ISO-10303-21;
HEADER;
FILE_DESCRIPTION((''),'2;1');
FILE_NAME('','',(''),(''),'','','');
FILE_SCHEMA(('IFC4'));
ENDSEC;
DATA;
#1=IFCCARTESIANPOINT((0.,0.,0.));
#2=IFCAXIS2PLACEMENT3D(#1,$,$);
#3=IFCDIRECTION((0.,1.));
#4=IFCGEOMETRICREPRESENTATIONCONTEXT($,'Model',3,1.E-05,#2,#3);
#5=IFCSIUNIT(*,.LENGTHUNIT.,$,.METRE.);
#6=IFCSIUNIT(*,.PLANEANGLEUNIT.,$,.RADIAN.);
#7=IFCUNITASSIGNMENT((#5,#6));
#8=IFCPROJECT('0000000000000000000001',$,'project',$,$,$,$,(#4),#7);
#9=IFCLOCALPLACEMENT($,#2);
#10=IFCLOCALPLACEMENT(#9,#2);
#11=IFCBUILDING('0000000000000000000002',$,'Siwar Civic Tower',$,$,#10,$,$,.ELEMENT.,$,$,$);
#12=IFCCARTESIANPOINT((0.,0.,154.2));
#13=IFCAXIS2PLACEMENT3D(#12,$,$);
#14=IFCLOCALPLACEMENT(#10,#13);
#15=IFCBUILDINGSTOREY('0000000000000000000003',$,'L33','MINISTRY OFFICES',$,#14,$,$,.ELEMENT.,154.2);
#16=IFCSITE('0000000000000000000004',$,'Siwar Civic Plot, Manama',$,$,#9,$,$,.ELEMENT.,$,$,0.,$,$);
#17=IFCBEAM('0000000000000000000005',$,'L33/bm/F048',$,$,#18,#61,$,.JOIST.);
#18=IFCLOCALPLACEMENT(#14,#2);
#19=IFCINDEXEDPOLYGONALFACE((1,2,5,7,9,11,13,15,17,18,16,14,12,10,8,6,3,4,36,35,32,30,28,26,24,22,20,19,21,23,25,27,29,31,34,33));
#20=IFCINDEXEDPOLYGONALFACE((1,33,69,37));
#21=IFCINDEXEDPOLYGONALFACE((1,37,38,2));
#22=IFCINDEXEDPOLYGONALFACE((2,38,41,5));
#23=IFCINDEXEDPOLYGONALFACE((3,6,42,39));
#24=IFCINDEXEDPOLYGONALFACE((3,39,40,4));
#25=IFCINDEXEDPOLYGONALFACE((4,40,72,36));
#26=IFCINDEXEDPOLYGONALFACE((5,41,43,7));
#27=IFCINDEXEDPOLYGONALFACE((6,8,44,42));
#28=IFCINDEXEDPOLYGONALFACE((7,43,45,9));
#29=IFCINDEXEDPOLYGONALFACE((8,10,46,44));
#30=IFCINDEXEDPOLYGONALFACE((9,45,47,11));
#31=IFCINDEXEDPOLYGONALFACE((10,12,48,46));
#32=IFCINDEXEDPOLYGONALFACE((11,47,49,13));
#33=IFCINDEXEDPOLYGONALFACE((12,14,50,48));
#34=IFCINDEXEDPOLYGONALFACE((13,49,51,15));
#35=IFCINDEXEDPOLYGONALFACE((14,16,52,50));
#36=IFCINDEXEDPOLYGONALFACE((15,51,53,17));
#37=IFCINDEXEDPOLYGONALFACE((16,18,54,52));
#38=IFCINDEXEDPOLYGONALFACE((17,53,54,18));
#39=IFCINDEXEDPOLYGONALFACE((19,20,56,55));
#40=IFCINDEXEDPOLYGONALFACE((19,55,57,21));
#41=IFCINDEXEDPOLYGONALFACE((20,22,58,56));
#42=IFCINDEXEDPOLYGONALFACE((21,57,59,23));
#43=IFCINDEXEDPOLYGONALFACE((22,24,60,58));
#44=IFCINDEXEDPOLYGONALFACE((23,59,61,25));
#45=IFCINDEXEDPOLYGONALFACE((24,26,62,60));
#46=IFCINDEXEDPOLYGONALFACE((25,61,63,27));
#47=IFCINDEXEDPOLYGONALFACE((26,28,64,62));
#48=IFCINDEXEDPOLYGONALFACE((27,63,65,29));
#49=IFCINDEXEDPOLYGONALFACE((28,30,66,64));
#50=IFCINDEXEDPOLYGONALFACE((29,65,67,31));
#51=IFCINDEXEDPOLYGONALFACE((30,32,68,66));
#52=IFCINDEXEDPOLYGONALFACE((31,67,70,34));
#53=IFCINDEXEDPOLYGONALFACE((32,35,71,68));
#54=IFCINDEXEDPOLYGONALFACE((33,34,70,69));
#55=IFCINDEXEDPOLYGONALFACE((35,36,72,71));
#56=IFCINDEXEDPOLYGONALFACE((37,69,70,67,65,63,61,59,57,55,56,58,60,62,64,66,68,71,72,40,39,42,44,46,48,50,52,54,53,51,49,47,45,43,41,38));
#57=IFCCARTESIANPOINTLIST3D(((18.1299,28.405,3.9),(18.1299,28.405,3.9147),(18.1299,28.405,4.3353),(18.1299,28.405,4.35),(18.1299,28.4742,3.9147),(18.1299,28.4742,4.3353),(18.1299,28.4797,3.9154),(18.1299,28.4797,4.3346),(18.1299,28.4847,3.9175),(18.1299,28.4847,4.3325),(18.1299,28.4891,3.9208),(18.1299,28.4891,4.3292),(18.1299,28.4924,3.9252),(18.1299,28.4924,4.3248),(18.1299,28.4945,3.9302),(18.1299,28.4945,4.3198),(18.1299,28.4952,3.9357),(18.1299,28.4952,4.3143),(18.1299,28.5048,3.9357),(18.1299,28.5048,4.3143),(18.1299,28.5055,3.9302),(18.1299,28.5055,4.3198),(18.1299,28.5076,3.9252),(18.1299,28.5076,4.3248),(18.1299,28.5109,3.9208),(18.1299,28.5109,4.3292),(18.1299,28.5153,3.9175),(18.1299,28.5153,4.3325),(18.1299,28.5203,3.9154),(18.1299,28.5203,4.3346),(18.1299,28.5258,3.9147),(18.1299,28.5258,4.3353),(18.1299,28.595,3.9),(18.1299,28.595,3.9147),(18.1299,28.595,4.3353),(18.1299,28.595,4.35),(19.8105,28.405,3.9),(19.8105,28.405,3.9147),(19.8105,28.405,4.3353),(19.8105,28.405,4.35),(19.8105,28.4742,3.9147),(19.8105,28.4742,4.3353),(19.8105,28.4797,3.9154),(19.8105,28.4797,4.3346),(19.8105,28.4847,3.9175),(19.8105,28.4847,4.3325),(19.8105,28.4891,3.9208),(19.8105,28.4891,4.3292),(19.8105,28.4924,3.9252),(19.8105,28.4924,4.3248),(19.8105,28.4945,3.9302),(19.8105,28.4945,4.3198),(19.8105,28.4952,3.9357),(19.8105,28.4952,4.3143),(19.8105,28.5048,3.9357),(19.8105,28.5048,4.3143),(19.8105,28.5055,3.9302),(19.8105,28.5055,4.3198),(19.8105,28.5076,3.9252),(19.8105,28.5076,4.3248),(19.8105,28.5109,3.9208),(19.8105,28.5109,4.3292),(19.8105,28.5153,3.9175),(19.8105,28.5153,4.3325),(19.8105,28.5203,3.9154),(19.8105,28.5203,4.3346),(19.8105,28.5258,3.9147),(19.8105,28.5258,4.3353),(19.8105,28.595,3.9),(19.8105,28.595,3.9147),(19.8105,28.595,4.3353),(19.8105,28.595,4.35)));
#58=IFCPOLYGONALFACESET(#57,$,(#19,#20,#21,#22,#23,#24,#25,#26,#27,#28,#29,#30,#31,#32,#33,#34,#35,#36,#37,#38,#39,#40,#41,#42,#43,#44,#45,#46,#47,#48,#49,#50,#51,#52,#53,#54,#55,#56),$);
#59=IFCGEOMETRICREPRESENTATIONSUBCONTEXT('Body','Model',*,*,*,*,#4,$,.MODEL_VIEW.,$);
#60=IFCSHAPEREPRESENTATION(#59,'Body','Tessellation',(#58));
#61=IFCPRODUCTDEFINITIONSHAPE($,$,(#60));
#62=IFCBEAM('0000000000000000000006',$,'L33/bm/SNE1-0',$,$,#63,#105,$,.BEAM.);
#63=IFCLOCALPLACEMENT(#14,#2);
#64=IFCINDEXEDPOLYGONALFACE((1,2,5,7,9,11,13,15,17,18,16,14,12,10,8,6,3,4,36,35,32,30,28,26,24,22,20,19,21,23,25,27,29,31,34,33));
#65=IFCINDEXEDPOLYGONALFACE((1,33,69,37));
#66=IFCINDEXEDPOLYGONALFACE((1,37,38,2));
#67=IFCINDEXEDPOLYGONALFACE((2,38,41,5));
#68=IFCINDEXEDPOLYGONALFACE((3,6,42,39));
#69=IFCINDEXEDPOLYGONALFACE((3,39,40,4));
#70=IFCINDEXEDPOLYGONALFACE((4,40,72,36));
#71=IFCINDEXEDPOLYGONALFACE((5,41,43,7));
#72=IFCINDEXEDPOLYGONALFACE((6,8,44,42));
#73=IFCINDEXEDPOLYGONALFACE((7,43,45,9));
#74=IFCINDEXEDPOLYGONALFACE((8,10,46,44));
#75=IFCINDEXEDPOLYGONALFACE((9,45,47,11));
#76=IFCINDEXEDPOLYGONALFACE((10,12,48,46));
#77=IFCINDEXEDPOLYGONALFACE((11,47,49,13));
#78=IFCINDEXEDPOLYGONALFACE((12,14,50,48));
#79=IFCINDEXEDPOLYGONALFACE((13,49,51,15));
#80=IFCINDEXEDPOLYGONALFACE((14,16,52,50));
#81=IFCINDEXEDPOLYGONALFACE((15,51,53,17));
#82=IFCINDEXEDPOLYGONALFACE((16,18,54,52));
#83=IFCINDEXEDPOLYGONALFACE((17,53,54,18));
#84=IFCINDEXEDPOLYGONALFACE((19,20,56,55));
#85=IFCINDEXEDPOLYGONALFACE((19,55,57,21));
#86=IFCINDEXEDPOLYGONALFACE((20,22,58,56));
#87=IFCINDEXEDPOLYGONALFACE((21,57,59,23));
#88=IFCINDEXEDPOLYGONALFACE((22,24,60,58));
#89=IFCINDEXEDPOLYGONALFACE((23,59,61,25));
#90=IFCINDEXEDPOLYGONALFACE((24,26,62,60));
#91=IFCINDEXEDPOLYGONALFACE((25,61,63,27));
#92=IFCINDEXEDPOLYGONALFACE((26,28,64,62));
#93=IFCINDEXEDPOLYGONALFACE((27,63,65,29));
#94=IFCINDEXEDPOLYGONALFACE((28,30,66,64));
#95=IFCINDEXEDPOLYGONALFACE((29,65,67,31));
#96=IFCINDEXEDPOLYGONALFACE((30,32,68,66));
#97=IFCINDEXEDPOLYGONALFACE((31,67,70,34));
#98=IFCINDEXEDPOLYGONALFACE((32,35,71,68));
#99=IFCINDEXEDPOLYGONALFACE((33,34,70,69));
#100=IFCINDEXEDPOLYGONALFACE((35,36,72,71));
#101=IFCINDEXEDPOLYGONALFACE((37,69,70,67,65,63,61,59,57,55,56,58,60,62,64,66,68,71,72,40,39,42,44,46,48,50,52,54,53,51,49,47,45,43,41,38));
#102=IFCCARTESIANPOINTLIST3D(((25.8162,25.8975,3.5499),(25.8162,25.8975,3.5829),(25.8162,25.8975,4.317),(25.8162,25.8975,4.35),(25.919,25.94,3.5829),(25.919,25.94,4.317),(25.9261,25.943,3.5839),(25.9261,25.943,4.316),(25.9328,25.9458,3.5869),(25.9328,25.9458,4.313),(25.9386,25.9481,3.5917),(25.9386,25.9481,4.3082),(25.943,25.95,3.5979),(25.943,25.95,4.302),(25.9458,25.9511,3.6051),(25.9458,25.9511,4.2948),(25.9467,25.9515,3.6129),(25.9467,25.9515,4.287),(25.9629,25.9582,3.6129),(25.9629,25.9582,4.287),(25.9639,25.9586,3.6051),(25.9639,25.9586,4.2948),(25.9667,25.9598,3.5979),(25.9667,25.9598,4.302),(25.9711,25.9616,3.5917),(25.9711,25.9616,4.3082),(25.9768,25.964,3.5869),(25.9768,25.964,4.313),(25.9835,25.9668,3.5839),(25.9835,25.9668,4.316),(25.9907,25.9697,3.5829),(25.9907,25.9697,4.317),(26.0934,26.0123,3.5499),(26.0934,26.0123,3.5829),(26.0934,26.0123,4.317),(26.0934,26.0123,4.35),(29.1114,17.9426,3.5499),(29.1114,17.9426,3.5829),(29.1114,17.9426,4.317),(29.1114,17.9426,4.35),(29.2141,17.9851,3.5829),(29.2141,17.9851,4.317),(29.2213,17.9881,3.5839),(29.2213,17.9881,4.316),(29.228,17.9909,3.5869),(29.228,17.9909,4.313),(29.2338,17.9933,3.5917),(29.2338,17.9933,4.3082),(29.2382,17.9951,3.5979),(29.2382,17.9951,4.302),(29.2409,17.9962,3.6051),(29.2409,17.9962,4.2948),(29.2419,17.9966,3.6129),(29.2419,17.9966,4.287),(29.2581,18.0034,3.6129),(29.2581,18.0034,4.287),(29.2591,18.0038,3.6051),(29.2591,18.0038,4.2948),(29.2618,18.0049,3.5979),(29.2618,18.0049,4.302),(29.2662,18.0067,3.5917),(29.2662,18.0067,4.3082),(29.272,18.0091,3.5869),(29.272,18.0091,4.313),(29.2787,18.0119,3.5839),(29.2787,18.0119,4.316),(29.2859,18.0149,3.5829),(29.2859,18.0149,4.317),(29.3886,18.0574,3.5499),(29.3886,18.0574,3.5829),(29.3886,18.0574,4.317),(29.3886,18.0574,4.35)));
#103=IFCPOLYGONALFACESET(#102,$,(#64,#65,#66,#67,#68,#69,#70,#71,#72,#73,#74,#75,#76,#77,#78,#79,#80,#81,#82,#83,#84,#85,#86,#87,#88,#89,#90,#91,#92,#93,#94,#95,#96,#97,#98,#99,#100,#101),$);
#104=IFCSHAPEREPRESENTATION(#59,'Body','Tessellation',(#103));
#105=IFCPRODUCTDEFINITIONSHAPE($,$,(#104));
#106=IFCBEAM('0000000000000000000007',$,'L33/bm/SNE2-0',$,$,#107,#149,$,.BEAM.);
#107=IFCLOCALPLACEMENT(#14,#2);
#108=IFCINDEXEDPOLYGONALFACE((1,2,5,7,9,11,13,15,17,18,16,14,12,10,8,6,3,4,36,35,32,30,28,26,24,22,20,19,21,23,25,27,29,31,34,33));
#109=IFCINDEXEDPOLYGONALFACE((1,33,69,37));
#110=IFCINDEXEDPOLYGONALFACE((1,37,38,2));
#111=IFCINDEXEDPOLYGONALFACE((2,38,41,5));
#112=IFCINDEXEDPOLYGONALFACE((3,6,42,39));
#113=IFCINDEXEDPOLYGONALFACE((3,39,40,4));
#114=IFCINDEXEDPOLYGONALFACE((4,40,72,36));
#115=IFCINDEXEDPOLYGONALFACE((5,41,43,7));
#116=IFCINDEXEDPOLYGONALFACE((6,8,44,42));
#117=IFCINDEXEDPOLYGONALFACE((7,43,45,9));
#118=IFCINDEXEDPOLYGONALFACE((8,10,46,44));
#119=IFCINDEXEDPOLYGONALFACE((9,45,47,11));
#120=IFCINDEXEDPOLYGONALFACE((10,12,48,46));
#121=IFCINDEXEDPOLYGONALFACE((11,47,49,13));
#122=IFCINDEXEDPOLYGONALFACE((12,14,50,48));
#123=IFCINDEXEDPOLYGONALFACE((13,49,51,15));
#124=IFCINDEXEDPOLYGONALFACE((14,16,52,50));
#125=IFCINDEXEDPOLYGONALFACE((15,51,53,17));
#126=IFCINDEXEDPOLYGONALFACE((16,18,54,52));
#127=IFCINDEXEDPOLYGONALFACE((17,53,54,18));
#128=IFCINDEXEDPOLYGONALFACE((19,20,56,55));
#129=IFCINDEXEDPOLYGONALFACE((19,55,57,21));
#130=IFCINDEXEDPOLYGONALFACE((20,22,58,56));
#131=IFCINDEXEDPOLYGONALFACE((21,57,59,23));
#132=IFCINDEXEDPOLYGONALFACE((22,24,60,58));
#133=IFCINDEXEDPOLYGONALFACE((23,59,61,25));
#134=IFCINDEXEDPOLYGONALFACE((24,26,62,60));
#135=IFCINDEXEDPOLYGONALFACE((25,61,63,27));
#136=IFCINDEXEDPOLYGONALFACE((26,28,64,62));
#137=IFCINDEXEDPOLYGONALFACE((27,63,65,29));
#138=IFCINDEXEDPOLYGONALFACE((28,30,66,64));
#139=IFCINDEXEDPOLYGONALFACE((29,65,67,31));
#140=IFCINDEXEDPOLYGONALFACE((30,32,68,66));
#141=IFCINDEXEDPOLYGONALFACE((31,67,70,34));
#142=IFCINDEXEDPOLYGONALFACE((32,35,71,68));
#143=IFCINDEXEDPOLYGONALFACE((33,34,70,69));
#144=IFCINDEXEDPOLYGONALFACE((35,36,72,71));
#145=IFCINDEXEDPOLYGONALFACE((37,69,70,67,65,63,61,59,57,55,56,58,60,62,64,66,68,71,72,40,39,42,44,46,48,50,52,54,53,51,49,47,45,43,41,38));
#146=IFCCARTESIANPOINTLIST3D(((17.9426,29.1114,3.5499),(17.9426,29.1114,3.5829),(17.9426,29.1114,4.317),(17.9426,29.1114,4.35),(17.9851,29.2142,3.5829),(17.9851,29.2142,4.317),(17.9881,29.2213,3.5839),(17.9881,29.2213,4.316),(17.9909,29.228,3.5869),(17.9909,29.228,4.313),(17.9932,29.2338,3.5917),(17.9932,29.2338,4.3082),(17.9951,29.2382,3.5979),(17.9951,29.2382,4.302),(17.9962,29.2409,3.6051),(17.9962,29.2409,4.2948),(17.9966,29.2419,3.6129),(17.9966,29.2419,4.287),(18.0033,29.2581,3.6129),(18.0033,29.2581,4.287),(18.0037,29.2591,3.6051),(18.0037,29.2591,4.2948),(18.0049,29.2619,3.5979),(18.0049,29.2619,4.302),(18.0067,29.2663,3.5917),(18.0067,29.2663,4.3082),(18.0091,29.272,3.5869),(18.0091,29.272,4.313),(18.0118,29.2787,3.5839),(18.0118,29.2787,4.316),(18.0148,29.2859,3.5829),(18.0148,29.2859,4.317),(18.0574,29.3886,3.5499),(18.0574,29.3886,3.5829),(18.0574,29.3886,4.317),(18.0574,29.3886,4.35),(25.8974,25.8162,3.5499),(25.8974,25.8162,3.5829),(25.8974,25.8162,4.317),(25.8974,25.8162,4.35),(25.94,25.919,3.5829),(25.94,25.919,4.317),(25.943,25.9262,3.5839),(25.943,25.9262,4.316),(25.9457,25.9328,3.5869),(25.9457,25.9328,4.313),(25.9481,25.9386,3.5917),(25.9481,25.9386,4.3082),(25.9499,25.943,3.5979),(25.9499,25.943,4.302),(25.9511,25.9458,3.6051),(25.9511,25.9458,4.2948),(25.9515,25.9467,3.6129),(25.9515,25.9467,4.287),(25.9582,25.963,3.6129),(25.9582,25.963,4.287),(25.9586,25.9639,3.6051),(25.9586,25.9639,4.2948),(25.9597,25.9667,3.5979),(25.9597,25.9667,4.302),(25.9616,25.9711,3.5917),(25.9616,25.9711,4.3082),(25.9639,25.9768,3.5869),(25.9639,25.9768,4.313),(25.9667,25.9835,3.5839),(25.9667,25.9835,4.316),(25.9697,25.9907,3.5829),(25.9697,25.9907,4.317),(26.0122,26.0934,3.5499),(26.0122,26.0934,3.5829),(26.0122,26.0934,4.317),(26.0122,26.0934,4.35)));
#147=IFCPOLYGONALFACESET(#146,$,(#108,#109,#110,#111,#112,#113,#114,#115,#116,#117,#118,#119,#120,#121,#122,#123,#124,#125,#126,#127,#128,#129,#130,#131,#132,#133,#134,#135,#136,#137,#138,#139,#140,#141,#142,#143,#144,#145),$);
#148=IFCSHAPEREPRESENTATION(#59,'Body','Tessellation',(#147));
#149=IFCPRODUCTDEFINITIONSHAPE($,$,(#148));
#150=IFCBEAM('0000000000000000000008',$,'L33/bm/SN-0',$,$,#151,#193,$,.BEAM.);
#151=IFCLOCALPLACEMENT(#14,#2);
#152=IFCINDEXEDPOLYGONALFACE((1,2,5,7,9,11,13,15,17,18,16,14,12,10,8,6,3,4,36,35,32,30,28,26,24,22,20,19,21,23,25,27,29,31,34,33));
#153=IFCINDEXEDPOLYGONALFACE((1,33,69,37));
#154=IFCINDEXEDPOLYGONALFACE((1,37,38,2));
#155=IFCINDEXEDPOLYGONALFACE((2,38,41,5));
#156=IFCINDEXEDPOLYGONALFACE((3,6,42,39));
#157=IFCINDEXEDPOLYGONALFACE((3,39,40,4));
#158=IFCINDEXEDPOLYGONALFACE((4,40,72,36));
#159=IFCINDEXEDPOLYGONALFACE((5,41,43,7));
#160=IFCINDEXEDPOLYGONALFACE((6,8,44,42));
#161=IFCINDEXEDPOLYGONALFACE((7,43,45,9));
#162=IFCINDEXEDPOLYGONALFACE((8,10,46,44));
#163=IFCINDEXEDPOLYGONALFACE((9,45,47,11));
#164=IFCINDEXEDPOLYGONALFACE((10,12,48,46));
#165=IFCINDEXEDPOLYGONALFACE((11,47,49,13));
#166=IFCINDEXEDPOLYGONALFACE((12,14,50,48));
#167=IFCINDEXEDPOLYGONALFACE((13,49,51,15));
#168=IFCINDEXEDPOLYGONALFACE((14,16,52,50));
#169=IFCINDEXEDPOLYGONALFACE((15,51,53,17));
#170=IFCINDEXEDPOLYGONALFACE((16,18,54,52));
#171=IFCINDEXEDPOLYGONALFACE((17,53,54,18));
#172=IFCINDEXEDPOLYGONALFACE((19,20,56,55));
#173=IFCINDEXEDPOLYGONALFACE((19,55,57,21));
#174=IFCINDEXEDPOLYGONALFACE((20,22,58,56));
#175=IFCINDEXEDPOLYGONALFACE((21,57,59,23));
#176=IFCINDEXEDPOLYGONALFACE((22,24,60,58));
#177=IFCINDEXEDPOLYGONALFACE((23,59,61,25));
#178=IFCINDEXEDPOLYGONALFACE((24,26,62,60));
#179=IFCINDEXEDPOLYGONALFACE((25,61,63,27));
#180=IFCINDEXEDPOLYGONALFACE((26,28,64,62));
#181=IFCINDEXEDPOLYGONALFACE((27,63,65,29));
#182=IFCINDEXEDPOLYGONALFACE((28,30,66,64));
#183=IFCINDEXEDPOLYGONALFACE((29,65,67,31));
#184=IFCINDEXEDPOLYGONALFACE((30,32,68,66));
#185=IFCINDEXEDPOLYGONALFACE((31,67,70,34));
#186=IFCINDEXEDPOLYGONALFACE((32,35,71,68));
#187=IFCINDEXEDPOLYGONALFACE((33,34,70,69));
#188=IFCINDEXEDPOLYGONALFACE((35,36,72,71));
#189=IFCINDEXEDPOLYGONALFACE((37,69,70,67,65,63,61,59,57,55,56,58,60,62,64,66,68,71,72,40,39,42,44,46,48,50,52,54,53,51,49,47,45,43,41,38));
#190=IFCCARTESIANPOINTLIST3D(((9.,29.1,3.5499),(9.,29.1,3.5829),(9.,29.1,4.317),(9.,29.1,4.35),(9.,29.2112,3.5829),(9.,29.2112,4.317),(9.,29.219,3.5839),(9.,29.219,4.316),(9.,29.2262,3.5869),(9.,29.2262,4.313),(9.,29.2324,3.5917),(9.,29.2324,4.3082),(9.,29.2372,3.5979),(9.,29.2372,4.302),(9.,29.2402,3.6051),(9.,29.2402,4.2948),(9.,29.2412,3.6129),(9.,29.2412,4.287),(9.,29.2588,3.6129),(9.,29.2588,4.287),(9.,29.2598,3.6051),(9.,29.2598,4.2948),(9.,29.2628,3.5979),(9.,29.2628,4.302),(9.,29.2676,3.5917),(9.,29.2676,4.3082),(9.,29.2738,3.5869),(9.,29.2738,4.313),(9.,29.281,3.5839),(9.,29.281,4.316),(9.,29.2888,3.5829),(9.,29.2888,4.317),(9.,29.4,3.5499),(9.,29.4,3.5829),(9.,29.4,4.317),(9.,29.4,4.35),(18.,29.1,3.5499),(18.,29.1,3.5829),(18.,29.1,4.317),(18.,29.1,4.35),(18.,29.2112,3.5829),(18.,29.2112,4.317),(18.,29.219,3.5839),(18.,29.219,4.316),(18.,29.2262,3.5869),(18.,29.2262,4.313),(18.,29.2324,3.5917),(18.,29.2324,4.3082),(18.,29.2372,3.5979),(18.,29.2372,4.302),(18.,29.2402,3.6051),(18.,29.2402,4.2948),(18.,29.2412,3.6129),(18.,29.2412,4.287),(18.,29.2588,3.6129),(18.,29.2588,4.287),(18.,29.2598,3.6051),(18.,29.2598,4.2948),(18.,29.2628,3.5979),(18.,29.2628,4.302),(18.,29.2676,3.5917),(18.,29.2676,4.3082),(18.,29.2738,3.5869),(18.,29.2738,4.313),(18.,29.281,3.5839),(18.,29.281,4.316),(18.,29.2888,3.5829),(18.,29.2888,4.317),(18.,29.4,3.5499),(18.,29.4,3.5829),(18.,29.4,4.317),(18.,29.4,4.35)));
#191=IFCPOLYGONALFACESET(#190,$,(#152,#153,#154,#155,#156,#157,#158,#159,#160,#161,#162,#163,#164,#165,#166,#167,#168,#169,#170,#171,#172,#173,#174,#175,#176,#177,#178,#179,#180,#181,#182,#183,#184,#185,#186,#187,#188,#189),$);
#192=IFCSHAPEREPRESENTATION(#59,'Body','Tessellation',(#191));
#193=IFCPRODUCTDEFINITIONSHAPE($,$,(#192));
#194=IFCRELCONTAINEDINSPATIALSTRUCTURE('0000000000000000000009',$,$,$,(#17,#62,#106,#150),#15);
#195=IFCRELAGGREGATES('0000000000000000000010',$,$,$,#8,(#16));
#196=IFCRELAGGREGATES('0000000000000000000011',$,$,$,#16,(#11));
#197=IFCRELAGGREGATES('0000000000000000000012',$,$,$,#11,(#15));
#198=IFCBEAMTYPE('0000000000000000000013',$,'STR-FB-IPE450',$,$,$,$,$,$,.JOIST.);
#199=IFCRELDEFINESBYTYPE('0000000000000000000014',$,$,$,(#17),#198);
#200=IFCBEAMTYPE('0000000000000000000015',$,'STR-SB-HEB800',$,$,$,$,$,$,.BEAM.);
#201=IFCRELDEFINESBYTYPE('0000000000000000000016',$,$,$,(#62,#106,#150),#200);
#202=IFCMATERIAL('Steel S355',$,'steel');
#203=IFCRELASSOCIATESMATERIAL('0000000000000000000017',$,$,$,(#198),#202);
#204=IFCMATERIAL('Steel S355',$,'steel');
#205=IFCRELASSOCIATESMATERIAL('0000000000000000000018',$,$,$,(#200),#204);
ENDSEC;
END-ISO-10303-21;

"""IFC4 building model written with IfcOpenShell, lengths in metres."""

from ifc_helpers import new_model, si_unit, direction, frame, origin, origin_2d, place, context, subcontext, project, spatial, i_section, extrude, material, material_profile, profile_set, type_object, element, save


model = new_model("IFC4")

# Units and contexts
model_context = context("Model", 3, precision=1e-05, world=origin(), true_north=direction((0.0, 1.0)))
body_context = subcontext(model_context, "Body", "Model", "MODEL_VIEW")
ifc_project = project(units=[si_unit("LENGTHUNIT", "METRE"), si_unit("PLANEANGLEUNIT", "RADIAN")], contexts=[model_context])

# Site, building, storey
site_placement = place(None, origin())
site = spatial("IfcSite", under=ifc_project, at=site_placement, Name="Siwar Civic Plot, Manama", CompositionType="ELEMENT", RefElevation=0.0)
building_placement = place(site_placement, origin())
building = spatial("IfcBuilding", under=site, at=building_placement, Name="Siwar Civic Tower", CompositionType="ELEMENT")
storey_placement = place(building_placement, frame((0.0, 0.0, 154.2)))
storey = spatial("IfcBuildingStorey", under=building, at=storey_placement, Name="L33", Description="MINISTRY OFFICES", CompositionType="ELEMENT", Elevation=154.2)

# Beams
ifc_material_1 = material(Name="Steel S355", Category="steel")
ifc_material_profile_1 = material_profile(ifc_material_1, i_section(OverallWidth=0.1899, OverallDepth=0.45, WebThickness=0.0095, FlangeThickness=0.0146, FilletRadius=0.021, at=origin_2d()), Name="IPE450")
ifc_profile_set_1 = profile_set([ifc_material_profile_1], Name="Steel S355")
beam_type_1 = type_object("IfcBeamType", Name="STR-FB-IPE450", PredefinedType="JOIST", material=ifc_profile_set_1)
beam_1_placement = place(storey_placement, frame((18.1299, 28.5, 4.125), z_axis=(1.0, 0.0, 0.0), x_axis=(0.0, 1.0, 0.0)))
element("IfcBeam", 1, at=beam_1_placement, inside=storey, type_object=beam_type_1, Name="L33/bm/F048", PredefinedType="JOIST", context=body_context, shape_type="SweptSolid", body=[
    extrude(i_section(OverallWidth=0.1899, OverallDepth=0.45, WebThickness=0.0095, FlangeThickness=0.0146, FilletRadius=0.021, at=origin_2d()), origin(), (0.0, 0.0, 1.0), 1.6807),
])
ifc_material_2 = material(Name="Steel S355", Category="steel")
ifc_material_profile_2 = material_profile(ifc_material_2, i_section(OverallWidth=0.3, OverallDepth=0.8, WebThickness=0.0176, FlangeThickness=0.033, FilletRadius=0.03, at=origin_2d()), Name="HEB800")
ifc_profile_set_2 = profile_set([ifc_material_profile_2], Name="Steel S355")
beam_type_2 = type_object("IfcBeamType", Name="STR-SB-HEB800", PredefinedType="BEAM", material=ifc_profile_set_2)
for number, where, z_axis, x_axis, name in (
    (2, (29.25, 18.0, 3.95), (-0.3827, 0.923873, 0.0), (-0.923873, -0.3827, 0.0), "L33/bm/SNE1-0"),
    (3, (25.9548, 25.9548, 3.95), (-0.923873, 0.3827, 0.0), (-0.3827, -0.923873, 0.0), "L33/bm/SNE2-0"),
):
    element("IfcBeam", number, at=place(storey_placement, frame(where, z_axis=z_axis, x_axis=x_axis)), inside=storey, type_object=beam_type_2, Name=name, PredefinedType="BEAM", context=body_context, shape_type="SweptSolid", body=[
        extrude(i_section(OverallWidth=0.3, OverallDepth=0.8, WebThickness=0.0176, FlangeThickness=0.033, FilletRadius=0.03, at=origin_2d()), origin(), (0.0, 0.0, 1.0), 8.6104),
    ])
beam_2_placement = place(storey_placement, frame((18.0, 29.25, 3.95), z_axis=(-1.0, 0.0, 0.0), x_axis=(0.0, -1.0, 0.0)))
element("IfcBeam", 4, at=beam_2_placement, inside=storey, type_object=beam_type_2, Name="L33/bm/SN-0", PredefinedType="BEAM", context=body_context, shape_type="SweptSolid", body=[
    extrude(i_section(OverallWidth=0.3, OverallDepth=0.8, WebThickness=0.0176, FlangeThickness=0.033, FilletRadius=0.03, at=origin_2d()), origin(), (0.0, 0.0, 1.0), 9.0),
])

save(model, "model.ifc")
